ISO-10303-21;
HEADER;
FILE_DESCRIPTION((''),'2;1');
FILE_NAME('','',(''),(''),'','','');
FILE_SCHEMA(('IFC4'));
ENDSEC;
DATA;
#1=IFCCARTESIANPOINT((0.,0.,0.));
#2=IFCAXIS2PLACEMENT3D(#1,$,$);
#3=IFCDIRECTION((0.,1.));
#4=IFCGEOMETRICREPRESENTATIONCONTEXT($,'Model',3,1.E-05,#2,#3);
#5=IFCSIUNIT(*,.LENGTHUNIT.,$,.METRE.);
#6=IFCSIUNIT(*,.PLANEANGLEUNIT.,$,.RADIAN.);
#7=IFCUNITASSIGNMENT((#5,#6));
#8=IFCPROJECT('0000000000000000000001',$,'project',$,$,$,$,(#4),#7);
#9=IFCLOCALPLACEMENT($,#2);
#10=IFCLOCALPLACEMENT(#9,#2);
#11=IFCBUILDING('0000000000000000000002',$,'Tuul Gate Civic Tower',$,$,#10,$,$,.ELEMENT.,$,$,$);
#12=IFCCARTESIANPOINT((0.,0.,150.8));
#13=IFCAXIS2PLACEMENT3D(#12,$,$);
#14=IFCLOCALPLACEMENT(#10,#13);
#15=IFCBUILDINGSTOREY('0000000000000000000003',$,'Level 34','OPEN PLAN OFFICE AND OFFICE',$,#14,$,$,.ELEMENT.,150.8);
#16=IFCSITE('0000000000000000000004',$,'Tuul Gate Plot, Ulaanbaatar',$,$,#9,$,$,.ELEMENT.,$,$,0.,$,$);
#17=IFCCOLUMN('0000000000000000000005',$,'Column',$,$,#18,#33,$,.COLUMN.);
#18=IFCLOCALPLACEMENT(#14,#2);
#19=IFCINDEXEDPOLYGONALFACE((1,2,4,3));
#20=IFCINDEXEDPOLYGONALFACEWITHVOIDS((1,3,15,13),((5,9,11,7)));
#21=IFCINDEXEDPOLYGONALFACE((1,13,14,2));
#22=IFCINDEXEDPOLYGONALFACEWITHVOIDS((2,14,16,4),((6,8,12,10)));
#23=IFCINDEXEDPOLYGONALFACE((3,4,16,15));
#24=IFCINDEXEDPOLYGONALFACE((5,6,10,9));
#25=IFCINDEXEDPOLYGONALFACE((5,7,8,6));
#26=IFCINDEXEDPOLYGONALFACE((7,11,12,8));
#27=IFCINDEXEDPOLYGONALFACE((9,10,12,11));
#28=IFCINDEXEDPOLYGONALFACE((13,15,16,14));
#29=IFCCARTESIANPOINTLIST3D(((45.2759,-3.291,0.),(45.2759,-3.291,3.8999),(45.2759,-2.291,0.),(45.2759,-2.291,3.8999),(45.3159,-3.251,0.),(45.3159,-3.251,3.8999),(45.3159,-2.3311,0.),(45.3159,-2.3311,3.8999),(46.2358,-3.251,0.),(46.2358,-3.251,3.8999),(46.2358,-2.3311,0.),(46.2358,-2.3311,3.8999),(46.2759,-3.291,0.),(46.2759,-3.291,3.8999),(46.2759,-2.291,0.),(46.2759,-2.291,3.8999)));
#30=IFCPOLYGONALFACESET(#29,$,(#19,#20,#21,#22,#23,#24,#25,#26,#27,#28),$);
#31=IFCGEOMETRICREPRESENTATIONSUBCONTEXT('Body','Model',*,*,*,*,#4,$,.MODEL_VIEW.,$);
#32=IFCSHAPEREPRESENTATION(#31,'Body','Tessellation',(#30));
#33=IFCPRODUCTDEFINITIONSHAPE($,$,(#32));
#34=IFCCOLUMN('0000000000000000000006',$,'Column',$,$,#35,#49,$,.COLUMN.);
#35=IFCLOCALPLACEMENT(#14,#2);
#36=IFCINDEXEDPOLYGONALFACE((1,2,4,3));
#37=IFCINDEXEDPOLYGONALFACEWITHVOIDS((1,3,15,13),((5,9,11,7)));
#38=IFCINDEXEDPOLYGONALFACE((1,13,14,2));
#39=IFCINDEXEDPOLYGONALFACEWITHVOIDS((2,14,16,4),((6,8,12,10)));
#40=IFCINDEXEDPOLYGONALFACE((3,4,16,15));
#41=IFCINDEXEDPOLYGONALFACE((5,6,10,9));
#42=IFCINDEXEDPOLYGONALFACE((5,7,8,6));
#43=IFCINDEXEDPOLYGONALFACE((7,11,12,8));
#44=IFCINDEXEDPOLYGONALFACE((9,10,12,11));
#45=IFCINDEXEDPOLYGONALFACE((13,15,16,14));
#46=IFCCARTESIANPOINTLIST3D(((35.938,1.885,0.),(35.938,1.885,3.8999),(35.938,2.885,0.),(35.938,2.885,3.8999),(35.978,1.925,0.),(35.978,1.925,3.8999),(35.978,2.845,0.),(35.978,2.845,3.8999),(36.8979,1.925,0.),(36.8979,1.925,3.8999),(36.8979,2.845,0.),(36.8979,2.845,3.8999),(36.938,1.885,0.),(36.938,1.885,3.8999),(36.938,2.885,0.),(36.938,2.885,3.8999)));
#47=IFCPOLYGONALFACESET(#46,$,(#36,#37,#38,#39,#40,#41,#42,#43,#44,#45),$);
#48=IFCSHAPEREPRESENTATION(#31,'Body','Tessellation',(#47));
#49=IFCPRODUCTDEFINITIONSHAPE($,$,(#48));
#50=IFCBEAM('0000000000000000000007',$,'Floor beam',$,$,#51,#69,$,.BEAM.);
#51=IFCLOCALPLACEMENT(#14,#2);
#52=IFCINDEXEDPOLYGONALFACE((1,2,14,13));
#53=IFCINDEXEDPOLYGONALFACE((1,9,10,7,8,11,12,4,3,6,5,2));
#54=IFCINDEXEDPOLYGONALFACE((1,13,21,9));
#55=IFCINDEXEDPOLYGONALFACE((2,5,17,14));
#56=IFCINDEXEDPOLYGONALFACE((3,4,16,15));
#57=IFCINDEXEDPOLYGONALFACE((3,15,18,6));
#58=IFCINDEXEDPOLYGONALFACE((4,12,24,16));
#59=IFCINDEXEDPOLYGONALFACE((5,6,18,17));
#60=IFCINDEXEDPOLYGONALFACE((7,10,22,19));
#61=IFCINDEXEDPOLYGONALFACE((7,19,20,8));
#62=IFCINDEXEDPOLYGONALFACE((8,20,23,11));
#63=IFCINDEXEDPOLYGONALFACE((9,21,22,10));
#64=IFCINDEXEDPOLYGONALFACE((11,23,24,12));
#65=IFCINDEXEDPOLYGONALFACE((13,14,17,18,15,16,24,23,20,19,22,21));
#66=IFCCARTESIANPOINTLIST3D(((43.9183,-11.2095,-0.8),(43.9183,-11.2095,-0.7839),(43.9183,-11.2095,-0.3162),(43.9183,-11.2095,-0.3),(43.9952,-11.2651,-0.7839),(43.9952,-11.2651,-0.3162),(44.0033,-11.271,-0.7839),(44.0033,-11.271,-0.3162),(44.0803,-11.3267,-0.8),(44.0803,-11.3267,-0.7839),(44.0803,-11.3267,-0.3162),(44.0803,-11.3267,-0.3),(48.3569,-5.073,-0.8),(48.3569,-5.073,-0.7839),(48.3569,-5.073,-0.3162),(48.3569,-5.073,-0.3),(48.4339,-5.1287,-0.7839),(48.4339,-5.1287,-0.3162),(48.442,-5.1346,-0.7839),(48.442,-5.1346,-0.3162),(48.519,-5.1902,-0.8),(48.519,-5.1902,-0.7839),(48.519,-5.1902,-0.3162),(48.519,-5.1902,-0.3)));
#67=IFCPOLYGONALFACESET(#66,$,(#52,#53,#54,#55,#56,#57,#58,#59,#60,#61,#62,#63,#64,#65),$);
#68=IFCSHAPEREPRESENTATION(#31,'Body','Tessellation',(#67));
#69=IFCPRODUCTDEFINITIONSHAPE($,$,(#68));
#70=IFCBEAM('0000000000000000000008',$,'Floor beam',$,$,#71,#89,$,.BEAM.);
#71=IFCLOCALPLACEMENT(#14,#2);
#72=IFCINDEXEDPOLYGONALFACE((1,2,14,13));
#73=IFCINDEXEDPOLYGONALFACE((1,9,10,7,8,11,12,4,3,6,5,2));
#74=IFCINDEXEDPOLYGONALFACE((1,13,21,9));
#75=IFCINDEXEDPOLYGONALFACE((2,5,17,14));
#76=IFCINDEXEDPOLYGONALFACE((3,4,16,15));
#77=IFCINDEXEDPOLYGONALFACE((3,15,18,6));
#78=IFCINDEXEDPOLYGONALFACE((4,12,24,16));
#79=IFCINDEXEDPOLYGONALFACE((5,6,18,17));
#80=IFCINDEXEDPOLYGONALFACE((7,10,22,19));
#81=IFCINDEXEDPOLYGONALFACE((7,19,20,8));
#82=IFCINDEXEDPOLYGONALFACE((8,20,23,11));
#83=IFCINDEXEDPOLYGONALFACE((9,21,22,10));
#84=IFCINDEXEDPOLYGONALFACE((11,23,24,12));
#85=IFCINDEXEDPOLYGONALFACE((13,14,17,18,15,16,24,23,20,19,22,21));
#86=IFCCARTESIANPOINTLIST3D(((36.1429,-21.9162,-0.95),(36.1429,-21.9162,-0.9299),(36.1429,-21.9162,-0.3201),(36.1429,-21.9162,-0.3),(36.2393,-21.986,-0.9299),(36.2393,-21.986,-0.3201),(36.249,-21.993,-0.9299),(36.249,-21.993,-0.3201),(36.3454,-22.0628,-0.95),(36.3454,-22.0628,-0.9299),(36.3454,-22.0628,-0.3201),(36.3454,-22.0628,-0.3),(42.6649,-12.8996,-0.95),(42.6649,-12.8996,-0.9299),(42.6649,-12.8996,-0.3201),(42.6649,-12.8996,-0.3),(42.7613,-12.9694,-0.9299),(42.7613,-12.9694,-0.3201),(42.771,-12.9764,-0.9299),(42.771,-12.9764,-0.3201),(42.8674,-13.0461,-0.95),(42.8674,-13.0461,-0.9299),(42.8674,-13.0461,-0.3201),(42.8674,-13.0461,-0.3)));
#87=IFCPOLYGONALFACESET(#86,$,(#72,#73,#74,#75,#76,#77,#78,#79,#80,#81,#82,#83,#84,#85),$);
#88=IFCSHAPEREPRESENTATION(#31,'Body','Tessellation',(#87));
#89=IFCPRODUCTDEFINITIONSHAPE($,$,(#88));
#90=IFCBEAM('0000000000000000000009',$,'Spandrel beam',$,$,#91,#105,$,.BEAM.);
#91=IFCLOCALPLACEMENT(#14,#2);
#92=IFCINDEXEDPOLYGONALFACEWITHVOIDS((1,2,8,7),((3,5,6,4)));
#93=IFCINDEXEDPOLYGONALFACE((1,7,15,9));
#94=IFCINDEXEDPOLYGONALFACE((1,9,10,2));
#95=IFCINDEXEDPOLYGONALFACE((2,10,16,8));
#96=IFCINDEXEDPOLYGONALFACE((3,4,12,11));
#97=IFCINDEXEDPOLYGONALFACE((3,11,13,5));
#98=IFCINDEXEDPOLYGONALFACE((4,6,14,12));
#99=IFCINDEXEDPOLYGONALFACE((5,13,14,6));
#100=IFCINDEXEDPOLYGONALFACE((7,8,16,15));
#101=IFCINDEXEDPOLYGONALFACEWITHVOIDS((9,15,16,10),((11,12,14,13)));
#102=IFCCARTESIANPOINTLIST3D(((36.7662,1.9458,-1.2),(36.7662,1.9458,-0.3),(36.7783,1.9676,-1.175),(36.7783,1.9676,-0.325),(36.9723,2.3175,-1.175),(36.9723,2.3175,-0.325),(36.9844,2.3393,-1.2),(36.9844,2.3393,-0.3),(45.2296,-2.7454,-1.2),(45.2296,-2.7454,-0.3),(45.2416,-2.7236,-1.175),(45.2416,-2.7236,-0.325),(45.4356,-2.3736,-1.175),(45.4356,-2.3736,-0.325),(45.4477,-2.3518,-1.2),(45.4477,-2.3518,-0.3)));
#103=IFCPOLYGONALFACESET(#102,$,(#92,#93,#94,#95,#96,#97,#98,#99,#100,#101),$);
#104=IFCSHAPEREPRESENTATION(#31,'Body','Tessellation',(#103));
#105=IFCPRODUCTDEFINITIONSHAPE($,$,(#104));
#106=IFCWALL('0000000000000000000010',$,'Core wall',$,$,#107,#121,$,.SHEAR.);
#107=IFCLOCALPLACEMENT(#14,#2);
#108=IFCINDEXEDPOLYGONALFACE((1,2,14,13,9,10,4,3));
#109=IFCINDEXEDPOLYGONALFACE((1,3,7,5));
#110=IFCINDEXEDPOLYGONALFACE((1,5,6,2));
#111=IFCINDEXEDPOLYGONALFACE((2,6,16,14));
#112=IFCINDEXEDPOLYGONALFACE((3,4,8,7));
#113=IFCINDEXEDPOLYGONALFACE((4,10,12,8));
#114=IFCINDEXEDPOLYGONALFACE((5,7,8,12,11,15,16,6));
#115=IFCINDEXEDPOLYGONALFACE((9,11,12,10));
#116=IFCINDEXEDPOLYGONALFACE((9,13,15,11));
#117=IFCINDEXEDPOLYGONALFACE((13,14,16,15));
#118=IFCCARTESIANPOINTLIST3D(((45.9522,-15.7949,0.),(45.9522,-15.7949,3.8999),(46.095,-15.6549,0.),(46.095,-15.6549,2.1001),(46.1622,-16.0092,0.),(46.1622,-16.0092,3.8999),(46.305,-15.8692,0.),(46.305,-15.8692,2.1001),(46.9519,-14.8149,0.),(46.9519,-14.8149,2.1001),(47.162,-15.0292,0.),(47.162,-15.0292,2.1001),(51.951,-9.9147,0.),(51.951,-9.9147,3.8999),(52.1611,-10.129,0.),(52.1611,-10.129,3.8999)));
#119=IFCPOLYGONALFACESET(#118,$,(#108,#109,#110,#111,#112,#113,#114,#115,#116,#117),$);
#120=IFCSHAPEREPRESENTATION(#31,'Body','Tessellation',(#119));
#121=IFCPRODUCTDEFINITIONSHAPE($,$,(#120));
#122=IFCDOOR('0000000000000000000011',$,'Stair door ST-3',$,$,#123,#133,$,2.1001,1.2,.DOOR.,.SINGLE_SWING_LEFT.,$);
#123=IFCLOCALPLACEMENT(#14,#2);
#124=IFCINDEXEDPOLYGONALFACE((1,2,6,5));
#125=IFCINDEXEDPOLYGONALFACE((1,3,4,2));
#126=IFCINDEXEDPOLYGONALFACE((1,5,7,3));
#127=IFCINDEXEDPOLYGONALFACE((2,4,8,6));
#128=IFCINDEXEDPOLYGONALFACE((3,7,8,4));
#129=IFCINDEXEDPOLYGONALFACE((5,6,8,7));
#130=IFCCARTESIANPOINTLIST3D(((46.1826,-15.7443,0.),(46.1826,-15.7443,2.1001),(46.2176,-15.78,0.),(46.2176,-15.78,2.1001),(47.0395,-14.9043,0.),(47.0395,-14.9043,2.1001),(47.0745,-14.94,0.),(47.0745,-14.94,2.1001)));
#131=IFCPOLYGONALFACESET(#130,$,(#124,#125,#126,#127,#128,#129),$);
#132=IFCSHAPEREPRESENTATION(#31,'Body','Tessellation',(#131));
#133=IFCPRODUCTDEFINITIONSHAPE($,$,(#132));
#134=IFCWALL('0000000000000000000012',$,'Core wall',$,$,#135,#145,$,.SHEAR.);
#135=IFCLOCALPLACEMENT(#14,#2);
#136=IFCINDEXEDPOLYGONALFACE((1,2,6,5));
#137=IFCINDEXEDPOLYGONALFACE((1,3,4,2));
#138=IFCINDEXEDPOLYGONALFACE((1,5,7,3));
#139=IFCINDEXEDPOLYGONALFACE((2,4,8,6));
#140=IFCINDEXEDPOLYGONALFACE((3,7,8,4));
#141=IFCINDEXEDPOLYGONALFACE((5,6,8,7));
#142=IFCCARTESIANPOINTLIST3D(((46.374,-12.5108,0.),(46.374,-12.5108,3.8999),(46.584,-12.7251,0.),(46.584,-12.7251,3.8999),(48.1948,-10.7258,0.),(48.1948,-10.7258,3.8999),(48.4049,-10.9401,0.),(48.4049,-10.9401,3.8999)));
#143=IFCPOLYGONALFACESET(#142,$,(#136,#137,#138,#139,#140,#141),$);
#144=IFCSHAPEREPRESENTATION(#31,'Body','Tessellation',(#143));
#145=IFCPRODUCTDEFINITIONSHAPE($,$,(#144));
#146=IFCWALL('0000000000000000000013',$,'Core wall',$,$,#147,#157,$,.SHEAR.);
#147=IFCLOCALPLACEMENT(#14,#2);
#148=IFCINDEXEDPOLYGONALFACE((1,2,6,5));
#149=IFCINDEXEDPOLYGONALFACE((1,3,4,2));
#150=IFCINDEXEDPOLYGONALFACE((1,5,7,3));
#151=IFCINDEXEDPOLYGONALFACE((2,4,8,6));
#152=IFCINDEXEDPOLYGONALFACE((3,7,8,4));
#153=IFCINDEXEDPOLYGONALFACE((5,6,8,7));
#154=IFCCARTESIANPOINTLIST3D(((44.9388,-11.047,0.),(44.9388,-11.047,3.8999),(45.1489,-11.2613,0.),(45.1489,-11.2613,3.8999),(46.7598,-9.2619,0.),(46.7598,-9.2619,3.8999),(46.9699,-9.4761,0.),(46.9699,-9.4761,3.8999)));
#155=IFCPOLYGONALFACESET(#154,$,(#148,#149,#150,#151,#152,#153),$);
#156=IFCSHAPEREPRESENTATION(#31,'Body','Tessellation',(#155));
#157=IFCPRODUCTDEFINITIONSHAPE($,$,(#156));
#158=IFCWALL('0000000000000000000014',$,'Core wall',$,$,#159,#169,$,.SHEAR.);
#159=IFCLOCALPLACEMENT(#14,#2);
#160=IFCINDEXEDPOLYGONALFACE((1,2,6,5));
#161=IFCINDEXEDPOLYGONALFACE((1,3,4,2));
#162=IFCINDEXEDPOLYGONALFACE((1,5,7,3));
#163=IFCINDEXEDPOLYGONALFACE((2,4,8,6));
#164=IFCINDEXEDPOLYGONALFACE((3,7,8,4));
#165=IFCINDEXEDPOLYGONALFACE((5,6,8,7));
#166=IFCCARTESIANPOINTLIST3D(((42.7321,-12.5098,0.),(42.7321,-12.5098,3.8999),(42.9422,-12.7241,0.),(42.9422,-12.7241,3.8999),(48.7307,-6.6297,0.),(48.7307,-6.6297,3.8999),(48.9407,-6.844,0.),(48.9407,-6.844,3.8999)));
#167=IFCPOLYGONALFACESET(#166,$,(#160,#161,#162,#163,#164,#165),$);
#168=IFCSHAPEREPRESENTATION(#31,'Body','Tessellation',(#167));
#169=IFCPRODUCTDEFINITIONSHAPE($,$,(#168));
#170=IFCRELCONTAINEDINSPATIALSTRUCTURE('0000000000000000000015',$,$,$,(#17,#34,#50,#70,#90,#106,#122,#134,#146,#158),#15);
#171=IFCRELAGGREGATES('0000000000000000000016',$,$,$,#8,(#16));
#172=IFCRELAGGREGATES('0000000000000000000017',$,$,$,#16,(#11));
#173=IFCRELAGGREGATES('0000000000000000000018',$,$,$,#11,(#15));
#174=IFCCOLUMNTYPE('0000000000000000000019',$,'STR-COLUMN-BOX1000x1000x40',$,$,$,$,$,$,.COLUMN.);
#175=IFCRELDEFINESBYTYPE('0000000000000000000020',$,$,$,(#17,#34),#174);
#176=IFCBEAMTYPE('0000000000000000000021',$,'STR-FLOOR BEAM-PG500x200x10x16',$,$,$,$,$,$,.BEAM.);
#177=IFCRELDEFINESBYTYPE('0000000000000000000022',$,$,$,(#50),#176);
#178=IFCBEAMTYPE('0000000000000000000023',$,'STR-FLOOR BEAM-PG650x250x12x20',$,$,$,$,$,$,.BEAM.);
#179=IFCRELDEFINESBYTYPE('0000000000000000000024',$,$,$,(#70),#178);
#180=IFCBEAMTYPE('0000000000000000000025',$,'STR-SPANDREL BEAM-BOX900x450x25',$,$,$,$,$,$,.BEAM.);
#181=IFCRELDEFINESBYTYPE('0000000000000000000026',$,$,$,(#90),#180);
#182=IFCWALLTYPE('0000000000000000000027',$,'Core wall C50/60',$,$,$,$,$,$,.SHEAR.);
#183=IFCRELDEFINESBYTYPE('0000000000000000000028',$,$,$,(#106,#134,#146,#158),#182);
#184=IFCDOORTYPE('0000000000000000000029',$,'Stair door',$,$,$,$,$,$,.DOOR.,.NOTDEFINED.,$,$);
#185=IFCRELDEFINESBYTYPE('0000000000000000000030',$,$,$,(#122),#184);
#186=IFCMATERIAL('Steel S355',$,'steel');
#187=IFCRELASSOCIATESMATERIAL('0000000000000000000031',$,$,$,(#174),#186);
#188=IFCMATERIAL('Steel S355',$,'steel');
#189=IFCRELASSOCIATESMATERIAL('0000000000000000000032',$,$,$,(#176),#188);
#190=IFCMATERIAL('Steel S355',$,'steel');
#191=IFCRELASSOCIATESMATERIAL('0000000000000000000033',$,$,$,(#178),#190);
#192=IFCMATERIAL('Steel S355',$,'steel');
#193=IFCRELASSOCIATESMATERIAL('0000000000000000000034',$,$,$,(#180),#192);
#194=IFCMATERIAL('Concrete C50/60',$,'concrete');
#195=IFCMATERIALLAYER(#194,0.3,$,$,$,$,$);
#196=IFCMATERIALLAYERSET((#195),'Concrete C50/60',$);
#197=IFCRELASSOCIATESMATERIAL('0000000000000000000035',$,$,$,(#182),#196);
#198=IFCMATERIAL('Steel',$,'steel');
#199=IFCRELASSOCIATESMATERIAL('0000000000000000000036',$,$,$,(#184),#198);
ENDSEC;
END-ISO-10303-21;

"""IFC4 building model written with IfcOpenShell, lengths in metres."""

from ifc_helpers import new_model, si_unit, direction, frame, frame_2d, origin, origin_2d, place, context, subcontext, project, spatial, rectangle, hollow_rectangle, i_section, extrude, material, layer, layer_set, material_profile, profile_set, type_object, element, fill, save


model = new_model("IFC4")

# Units and contexts
model_context = context("Model", 3, precision=1e-05, world=origin(), true_north=direction((0.0, 1.0)))
body_context = subcontext(model_context, "Body", "Model", "MODEL_VIEW")
ifc_project = project(units=[si_unit("LENGTHUNIT", "METRE"), si_unit("PLANEANGLEUNIT", "RADIAN")], contexts=[model_context])

# Site, building, storey
site_placement = place(None, origin())
site = spatial("IfcSite", under=ifc_project, at=site_placement, Name="Tuul Gate Plot, Ulaanbaatar", CompositionType="ELEMENT", RefElevation=0.0)
building_placement = place(site_placement, origin())
building = spatial("IfcBuilding", under=site, at=building_placement, Name="Tuul Gate Civic Tower", CompositionType="ELEMENT")
storey_placement = place(building_placement, frame((0.0, 0.0, 150.8)))
storey = spatial("IfcBuildingStorey", under=building, at=storey_placement, Name="Level 34", Description="OPEN PLAN OFFICE AND OFFICE", CompositionType="ELEMENT", Elevation=150.8)

# Columns
ifc_material_1 = material(Name="Steel S355", Category="steel")
ifc_material_profile_1 = material_profile(ifc_material_1, hollow_rectangle(XDim=1.0, YDim=1.0, WallThickness=0.04, at=origin_2d()), Name="BOX1000x1000x40")
ifc_profile_set_1 = profile_set([ifc_material_profile_1], Name="Steel S355")
column_type = type_object("IfcColumnType", Name="STR-COLUMN-BOX1000x1000x40", PredefinedType="COLUMN", material=ifc_profile_set_1)
for number, where, z_axis, x_axis, name in (
    (1, (45.7759, -2.791, 0.0), (0.0, 0.0, 1.0), (1.0, 0.0, 0.0), "Column"),
    (2, (36.438, 2.385, 0.0), (0.0, 0.0, 1.0), (1.0, 0.0, 0.0), "Column"),
):
    element("IfcColumn", number, at=place(storey_placement, frame(where, z_axis=z_axis, x_axis=x_axis)), inside=storey, type_object=column_type, Name=name, PredefinedType="COLUMN", context=body_context, shape_type="SweptSolid", body=[
        extrude(hollow_rectangle(XDim=1.0, YDim=1.0, WallThickness=0.04, at=origin_2d()), origin(), (0.0, 0.0, 1.0), 3.8999),
    ])

# Beams
ifc_material_2 = material(Name="Steel S355", Category="steel")
ifc_material_profile_2 = material_profile(ifc_material_2, i_section(OverallWidth=0.2, OverallDepth=0.5, WebThickness=0.01, FlangeThickness=0.0161, at=origin_2d()), Name="PG500x200x10x16")
ifc_profile_set_2 = profile_set([ifc_material_profile_2], Name="Steel S355")
beam_type_1 = type_object("IfcBeamType", Name="STR-FLOOR BEAM-PG500x200x10x16", PredefinedType="BEAM", material=ifc_profile_set_2)
beam_1_placement = place(storey_placement, frame((43.9993, -11.2681, -0.55), z_axis=(0.586082, 0.810251, 0.0), x_axis=(-0.810251, 0.586082, 0.0)))
element("IfcBeam", 3, at=beam_1_placement, inside=storey, type_object=beam_type_1, Name="Floor beam", PredefinedType="BEAM", context=body_context, shape_type="SweptSolid", body=[
    extrude(i_section(OverallWidth=0.2, OverallDepth=0.5, WebThickness=0.01, FlangeThickness=0.0161, at=origin_2d()), origin(), (0.0, 0.0, 1.0), 7.5735),
])
ifc_material_3 = material(Name="Steel S355", Category="steel")
ifc_material_profile_3 = material_profile(ifc_material_3, i_section(OverallWidth=0.25, OverallDepth=0.6499, WebThickness=0.012, FlangeThickness=0.02, at=origin_2d()), Name="PG650x250x12x20")
ifc_profile_set_3 = profile_set([ifc_material_profile_3], Name="Steel S355")
beam_type_2 = type_object("IfcBeamType", Name="STR-FLOOR BEAM-PG650x250x12x20", PredefinedType="BEAM", material=ifc_profile_set_3)
beam_2_placement = place(storey_placement, frame((36.2441, -21.9895, -0.625), z_axis=(0.58608, 0.810253, 0.0), x_axis=(-0.810253, 0.58608, 0.0)))
element("IfcBeam", 4, at=beam_2_placement, inside=storey, type_object=beam_type_2, Name="Floor beam", PredefinedType="BEAM", context=body_context, shape_type="SweptSolid", body=[
    extrude(i_section(OverallWidth=0.25, OverallDepth=0.6499, WebThickness=0.012, FlangeThickness=0.02, at=origin_2d()), origin(), (0.0, 0.0, 1.0), 11.1282),
])
ifc_material_4 = material(Name="Steel S355", Category="steel")
ifc_material_profile_4 = material_profile(ifc_material_4, hollow_rectangle(XDim=0.45, YDim=0.8999, WallThickness=0.0249, at=origin_2d()), Name="BOX900x450x25")
ifc_profile_set_4 = profile_set([ifc_material_profile_4], Name="Steel S355")
beam_type_3 = type_object("IfcBeamType", Name="STR-SPANDREL BEAM-BOX900x450x25", PredefinedType="BEAM", material=ifc_profile_set_4)
beam_3_placement = place(storey_placement, frame((45.3386, -2.5486, -0.75), z_axis=(-0.874627, 0.484797, 0.0), x_axis=(-0.484797, -0.874627, 0.0)))
element("IfcBeam", 5, at=beam_3_placement, inside=storey, type_object=beam_type_3, Name="Spandrel beam", PredefinedType="BEAM", context=body_context, shape_type="SweptSolid", body=[
    extrude(hollow_rectangle(XDim=0.45, YDim=0.8999, WallThickness=0.0249, at=origin_2d()), origin(), (0.0, 0.0, 1.0), 9.6765),
])

# Wall, opening, door
ifc_material_5 = material(Name="Concrete C50/60", Category="concrete")
ifc_layer_1 = layer(ifc_material_5, 0.3)
ifc_layer_set_1 = layer_set([ifc_layer_1], Name="Concrete C50/60")
wall_type_1 = type_object("IfcWallType", Name="Core wall C50/60", PredefinedType="SHEAR", material=ifc_layer_set_1)
wall_1_placement = place(storey_placement, frame((46.0571, -15.9021, 0.0), z_axis=(0.0, 0.0, 1.0), x_axis=(0.714134, 0.700009, 0.0)))
wall_1 = element("IfcWall", 6, at=wall_1_placement, inside=storey, type_object=wall_type_1, Name="Core wall", PredefinedType="SHEAR", context=body_context, shape_type="SweptSolid", body=[
    extrude(rectangle(XDim=8.4001, YDim=0.3, at=frame_2d((4.2002, 0.0))), origin(), (0.0, 0.0, 1.0), 3.8999),
])
opening_1_placement = place(wall_1_placement, frame((0.2, 0.0, 0.0)))
opening_1 = element("IfcOpeningElement", 7, at=opening_1_placement, cuts=wall_1, PredefinedType="OPENING", context=body_context, shape_type="SweptSolid", body=[
    extrude(rectangle(XDim=1.2, YDim=2.1001, at=frame_2d((0.6001, 1.05))), frame((0.0, 0.1602, 0.0), z_axis=(0.0, -1.0, 0.0), x_axis=(1.0, 0.0, 0.0)), (0.0, 0.0, 1.0), 0.3201),
])
ifc_material_6 = material(Name="Steel", Category="steel")
door_type_1 = type_object("IfcDoorType", Name="Stair door", OperationType="NOTDEFINED", PredefinedType="DOOR", material=ifc_material_6)
door_1_placement = place(opening_1_placement, origin())
door_1 = element("IfcDoor", 8, at=door_1_placement, inside=storey, type_object=door_type_1, Name="Stair door ST-3", OperationType="SINGLE_SWING_LEFT", OverallHeight=2.1001, OverallWidth=1.2, PredefinedType="DOOR", context=body_context, shape_type="SweptSolid", body=[
    extrude(rectangle(XDim=1.2, YDim=2.1001, at=frame_2d((0.6001, 1.05))), frame((0.0, 0.0249, 0.0), z_axis=(0.0, -1.0, 0.0), x_axis=(1.0, 0.0, 0.0)), (0.0, 0.0, 1.0), 0.05),
])
fill(opening_1, door_1)

# Walls
wall_2_placement = place(storey_placement, frame((46.479, -12.6179, 0.0), z_axis=(0.0, 0.0, 1.0), x_axis=(0.714109, 0.700034, 0.0)))
element("IfcWall", 9, at=wall_2_placement, inside=storey, type_object=wall_type_1, Name="Core wall", PredefinedType="SHEAR", context=body_context, shape_type="SweptSolid", body=[
    extrude(rectangle(XDim=2.5498, YDim=0.3, at=frame_2d((1.2749, 0.0))), origin(), (0.0, 0.0, 1.0), 3.8999),
])
wall_3_placement = place(storey_placement, frame((45.0439, -11.1541, 0.0), z_axis=(0.0, 0.0, 1.0), x_axis=(0.714108, 0.700035, 0.0)))
element("IfcWall", 10, at=wall_3_placement, inside=storey, type_object=wall_type_1, Name="Core wall", PredefinedType="SHEAR", context=body_context, shape_type="SweptSolid", body=[
    extrude(rectangle(XDim=2.55, YDim=0.3, at=frame_2d((1.2749, 0.0))), origin(), (0.0, 0.0, 1.0), 3.8999),
])
wall_4_placement = place(storey_placement, frame((42.8372, -12.6169, 0.0), z_axis=(0.0, 0.0, 1.0), x_axis=(0.71412, 0.700023, 0.0)))
element("IfcWall", 11, at=wall_4_placement, inside=storey, type_object=wall_type_1, Name="Core wall", PredefinedType="SHEAR", context=body_context, shape_type="SweptSolid", body=[
    extrude(rectangle(XDim=8.3999, YDim=0.3, at=frame_2d((4.2, 0.0))), origin(), (0.0, 0.0, 1.0), 3.8999),
])

save(model, "model.ifc")
